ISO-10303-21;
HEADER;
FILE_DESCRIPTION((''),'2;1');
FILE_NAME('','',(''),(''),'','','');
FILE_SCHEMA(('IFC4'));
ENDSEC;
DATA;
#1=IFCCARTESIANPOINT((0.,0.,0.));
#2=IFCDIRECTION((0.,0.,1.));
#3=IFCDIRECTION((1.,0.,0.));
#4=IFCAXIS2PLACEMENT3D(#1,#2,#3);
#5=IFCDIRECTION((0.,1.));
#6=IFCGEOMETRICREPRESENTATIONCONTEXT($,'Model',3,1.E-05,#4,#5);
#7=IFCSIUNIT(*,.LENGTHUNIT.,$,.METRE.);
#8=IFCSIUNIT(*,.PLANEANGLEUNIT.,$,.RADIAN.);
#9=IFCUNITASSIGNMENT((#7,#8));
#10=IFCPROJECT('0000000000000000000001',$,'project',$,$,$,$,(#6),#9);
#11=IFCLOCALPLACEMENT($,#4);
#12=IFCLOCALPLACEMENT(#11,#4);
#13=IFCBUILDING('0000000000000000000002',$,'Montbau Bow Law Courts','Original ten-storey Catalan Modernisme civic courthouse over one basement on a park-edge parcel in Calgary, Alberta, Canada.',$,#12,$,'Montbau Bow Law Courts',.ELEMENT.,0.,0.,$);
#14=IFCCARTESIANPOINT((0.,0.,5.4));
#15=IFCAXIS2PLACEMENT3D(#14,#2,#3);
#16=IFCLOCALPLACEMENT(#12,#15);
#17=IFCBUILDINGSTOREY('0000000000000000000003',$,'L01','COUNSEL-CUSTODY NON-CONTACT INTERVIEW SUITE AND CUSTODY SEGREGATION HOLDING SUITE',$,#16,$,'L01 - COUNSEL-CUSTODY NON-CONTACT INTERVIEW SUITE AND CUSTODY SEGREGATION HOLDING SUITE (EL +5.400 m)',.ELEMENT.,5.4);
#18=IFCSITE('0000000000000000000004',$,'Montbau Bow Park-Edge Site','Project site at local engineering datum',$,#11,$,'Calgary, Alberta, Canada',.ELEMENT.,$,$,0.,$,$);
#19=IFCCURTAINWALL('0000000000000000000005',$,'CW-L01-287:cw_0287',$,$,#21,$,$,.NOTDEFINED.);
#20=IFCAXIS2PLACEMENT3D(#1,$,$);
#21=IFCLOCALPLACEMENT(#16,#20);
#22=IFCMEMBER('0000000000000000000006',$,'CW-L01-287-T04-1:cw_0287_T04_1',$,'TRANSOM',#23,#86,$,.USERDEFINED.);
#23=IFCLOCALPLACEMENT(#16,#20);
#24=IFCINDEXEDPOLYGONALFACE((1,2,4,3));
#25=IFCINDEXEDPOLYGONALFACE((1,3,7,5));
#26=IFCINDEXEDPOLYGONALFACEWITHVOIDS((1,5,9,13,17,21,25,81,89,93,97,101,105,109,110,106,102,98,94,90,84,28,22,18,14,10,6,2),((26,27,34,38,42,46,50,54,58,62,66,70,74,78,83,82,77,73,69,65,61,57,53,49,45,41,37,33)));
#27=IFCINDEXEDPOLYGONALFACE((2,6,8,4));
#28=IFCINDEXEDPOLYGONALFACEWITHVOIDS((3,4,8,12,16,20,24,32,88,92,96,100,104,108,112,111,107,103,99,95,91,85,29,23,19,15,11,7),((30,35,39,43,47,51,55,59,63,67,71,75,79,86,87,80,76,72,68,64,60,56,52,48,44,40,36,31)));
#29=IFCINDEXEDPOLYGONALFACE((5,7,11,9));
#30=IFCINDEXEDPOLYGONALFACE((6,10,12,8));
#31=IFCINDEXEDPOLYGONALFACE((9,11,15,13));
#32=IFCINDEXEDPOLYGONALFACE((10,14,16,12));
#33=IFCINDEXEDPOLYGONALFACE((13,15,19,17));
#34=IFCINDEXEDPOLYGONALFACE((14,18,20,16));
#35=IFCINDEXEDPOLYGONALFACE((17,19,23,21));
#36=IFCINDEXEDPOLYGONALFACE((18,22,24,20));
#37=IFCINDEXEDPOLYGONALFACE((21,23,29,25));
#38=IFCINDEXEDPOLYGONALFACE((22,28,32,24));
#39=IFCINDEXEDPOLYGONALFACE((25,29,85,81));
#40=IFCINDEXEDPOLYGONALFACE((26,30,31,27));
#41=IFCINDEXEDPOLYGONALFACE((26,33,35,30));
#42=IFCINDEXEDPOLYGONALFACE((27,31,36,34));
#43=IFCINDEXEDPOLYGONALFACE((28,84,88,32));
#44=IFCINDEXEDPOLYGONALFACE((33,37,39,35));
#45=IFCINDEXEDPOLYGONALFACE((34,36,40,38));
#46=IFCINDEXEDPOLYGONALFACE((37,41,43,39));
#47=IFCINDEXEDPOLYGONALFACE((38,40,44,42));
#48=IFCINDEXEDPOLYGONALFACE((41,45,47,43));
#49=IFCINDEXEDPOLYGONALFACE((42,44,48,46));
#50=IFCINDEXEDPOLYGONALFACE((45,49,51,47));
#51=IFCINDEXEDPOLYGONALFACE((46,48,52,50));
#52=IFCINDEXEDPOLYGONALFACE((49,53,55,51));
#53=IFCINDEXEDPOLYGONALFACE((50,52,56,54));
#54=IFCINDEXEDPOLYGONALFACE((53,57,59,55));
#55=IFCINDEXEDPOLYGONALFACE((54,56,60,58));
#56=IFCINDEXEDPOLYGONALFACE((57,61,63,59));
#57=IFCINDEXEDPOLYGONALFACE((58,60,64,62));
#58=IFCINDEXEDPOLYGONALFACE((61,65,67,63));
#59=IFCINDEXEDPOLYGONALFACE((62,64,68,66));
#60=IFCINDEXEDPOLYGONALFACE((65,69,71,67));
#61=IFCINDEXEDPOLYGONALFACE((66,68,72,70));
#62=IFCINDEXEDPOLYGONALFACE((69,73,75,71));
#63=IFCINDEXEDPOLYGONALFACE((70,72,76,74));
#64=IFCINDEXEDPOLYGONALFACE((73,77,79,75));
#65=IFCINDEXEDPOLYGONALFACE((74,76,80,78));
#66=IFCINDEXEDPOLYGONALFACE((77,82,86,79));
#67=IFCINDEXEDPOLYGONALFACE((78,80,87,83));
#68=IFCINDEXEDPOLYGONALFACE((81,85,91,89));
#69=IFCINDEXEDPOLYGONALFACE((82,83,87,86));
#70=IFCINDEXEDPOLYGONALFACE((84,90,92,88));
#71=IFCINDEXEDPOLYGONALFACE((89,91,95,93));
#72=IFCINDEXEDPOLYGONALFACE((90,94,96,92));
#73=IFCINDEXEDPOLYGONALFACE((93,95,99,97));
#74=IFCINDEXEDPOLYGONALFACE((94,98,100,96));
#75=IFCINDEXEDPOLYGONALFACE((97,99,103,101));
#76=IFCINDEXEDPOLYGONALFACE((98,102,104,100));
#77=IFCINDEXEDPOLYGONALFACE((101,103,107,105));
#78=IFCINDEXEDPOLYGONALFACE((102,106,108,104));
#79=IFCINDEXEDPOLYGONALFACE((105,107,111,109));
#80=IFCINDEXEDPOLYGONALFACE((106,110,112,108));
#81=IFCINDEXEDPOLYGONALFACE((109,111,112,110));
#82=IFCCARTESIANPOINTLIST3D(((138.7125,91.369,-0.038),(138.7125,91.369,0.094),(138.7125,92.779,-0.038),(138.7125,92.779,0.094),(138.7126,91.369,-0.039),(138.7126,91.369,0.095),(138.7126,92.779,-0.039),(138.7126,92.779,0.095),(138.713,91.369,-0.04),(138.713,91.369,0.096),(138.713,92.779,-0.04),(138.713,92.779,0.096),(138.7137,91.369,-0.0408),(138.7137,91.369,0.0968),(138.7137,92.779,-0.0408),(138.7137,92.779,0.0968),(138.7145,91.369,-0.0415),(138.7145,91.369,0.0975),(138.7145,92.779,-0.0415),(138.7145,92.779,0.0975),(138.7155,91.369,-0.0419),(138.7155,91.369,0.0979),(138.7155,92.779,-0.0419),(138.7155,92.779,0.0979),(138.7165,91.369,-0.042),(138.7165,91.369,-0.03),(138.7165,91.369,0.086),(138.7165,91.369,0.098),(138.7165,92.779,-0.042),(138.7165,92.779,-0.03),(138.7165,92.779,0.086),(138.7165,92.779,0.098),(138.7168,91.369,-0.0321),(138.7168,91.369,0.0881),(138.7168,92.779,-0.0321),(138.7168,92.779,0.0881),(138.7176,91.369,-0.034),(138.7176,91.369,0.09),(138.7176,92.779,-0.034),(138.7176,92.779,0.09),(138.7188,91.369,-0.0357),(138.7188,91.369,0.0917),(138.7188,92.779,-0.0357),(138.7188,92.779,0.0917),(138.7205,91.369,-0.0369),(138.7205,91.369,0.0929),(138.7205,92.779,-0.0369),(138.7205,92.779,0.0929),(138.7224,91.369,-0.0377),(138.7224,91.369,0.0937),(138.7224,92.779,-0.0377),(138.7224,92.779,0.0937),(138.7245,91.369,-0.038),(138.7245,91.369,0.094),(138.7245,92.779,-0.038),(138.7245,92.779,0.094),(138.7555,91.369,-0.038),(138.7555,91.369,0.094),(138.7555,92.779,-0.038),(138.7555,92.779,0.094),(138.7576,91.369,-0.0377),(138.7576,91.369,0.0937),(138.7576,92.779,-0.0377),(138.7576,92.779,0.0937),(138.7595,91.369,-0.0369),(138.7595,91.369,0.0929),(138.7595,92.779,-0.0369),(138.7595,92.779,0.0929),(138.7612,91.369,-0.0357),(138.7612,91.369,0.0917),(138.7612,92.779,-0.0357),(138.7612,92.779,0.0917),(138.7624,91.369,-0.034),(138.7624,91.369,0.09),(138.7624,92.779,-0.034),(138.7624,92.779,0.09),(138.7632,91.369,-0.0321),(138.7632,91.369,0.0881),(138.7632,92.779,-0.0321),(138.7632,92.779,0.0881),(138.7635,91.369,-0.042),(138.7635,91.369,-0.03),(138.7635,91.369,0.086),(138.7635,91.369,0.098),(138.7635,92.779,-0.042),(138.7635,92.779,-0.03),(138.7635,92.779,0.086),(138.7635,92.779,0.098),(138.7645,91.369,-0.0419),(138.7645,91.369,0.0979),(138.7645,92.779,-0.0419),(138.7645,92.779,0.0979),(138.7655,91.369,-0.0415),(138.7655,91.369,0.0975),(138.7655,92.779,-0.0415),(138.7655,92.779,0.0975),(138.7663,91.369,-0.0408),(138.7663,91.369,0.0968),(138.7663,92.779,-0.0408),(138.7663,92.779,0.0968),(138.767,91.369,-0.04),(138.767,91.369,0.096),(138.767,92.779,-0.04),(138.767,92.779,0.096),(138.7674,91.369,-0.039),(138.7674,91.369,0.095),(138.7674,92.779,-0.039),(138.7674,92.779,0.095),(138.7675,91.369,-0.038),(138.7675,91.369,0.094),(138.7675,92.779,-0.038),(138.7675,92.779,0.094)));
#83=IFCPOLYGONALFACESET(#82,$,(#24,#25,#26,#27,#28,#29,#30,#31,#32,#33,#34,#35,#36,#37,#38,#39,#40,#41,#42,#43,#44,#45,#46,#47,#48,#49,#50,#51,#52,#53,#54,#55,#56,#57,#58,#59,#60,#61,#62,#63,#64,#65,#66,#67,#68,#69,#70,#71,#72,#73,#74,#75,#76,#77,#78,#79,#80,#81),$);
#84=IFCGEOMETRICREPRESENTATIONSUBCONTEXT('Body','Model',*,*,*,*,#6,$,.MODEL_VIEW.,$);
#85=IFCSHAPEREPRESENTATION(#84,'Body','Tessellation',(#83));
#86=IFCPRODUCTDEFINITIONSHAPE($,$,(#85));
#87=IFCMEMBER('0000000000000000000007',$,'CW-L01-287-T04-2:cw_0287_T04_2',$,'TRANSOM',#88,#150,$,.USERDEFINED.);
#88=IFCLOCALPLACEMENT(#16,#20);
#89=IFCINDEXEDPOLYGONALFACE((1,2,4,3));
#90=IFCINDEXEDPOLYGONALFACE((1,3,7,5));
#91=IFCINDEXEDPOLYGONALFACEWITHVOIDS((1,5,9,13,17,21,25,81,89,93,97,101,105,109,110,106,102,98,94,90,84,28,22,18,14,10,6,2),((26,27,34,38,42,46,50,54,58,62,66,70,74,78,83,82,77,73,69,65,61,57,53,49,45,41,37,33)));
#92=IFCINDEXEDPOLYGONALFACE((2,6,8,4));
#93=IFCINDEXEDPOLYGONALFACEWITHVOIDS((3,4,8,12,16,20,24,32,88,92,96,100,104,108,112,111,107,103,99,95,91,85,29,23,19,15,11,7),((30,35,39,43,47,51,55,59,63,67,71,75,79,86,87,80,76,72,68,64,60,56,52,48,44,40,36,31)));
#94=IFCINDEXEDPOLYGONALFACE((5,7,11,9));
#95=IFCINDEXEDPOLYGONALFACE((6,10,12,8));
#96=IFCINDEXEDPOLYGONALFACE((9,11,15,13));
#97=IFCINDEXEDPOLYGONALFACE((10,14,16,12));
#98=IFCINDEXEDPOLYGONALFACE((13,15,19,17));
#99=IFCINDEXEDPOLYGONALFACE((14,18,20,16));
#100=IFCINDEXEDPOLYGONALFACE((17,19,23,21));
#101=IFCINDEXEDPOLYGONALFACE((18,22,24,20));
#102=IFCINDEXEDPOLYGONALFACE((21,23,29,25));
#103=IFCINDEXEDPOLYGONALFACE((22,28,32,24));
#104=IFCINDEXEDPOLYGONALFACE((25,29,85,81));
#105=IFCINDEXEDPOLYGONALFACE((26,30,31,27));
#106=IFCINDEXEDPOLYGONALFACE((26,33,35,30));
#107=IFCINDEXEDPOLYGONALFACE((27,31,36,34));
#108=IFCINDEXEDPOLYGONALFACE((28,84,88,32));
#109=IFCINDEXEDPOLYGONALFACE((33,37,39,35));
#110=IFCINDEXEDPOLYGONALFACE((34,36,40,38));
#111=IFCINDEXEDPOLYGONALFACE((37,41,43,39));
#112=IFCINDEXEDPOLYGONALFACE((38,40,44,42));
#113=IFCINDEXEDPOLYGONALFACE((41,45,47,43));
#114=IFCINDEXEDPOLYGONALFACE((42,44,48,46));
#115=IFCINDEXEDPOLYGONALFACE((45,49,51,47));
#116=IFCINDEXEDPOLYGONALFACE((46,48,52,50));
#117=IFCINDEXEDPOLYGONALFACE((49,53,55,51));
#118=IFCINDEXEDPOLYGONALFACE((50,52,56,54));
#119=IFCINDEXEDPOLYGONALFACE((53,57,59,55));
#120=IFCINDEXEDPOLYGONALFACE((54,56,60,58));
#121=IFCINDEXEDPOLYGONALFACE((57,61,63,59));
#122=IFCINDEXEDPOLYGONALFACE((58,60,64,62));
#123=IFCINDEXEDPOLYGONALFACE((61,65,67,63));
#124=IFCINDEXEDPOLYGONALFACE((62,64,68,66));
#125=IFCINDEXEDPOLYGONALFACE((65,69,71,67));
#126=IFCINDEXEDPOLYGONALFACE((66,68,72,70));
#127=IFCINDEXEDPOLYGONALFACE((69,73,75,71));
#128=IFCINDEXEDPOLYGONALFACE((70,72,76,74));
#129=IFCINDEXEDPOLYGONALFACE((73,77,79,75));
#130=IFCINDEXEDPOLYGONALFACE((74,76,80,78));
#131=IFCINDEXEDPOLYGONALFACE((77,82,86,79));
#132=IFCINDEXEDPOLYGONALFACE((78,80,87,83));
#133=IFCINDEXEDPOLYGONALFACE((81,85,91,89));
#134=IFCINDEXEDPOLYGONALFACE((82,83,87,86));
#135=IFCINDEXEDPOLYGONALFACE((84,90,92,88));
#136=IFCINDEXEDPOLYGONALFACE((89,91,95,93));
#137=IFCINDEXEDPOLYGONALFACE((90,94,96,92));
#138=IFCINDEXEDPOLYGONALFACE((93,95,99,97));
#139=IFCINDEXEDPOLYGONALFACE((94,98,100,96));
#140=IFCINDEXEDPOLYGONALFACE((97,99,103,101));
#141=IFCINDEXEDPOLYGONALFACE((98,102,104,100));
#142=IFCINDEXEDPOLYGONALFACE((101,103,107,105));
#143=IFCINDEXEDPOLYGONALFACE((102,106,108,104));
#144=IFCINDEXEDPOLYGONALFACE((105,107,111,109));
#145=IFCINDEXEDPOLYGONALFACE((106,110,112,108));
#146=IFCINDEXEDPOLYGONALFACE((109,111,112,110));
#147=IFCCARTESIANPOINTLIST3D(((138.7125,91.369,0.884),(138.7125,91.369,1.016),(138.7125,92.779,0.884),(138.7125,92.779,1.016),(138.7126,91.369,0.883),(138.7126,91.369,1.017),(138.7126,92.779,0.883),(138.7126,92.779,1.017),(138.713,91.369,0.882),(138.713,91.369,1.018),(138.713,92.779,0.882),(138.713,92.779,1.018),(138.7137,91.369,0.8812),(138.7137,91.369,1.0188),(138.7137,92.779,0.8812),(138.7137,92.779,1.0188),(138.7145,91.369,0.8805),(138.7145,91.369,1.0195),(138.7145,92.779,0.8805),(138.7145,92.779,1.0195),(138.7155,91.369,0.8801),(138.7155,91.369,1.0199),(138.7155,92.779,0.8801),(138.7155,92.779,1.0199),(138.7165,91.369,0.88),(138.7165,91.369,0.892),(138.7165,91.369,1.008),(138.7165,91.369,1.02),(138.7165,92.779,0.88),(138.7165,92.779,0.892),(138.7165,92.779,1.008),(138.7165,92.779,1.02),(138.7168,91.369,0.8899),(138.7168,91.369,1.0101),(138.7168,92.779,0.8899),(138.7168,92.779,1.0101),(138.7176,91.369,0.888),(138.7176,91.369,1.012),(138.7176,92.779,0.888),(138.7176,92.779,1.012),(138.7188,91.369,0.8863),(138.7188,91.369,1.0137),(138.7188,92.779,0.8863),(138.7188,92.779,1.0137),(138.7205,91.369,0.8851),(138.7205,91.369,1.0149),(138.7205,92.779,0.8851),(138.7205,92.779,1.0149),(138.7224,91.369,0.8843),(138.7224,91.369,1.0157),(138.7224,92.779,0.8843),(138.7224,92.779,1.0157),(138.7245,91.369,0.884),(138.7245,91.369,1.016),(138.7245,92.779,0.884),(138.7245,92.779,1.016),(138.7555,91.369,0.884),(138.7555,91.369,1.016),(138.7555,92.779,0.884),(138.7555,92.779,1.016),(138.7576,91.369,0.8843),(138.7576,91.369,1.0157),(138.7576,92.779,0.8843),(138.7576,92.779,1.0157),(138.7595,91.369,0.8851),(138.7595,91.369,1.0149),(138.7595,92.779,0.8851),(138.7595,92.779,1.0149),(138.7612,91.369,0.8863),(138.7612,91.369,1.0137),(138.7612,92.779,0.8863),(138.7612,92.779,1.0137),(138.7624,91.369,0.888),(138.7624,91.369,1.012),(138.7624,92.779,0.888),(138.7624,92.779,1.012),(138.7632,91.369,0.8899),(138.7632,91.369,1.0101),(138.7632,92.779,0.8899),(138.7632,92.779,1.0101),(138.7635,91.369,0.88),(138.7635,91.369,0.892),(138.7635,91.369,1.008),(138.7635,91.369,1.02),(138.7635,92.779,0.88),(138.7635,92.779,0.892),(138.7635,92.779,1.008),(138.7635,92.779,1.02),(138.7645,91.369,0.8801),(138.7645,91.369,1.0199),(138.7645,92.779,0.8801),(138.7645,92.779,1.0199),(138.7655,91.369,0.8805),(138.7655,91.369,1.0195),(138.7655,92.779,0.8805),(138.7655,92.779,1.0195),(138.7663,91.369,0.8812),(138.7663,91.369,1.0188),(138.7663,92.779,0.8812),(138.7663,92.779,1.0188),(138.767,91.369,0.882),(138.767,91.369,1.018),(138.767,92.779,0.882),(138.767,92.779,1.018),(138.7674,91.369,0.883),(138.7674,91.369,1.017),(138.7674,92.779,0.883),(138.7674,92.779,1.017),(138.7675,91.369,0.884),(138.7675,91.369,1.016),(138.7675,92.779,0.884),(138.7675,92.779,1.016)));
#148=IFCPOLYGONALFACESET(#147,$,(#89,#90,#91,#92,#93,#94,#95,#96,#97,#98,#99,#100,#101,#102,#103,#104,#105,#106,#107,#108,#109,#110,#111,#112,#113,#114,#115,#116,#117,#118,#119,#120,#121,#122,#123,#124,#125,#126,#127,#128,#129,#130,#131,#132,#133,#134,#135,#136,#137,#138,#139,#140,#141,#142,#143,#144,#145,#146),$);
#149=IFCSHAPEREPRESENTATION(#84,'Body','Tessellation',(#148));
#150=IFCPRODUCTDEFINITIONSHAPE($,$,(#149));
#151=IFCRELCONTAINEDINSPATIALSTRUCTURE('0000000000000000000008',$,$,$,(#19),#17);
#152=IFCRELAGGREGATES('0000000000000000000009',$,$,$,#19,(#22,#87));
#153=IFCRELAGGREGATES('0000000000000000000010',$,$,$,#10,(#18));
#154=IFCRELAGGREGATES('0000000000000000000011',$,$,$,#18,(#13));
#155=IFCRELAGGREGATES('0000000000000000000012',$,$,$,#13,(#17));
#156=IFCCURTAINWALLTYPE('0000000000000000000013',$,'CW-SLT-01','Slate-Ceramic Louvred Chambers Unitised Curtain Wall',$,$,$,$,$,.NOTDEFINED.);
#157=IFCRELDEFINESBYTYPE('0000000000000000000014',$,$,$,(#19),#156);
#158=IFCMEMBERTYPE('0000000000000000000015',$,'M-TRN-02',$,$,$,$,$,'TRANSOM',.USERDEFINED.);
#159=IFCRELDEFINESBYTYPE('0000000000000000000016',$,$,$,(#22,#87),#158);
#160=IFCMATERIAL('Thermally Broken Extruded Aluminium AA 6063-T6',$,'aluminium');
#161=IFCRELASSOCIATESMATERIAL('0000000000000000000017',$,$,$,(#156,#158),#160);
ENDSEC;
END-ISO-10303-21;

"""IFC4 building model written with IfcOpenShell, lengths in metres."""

from ifc_helpers import new_model, si_unit, direction, frame, origin_with_axes, origin_2d_with_axis, place, context, subcontext, project, spatial, hollow_rectangle, extrude, material, material_profile, profile_set, type_object, element, aggregate, save


model = new_model("IFC4")

# Units and contexts
model_context = context("Model", 3, precision=1e-05, world=origin_with_axes(), true_north=direction((0.0, 1.0)))
body_context = subcontext(model_context, "Body", "Model", "MODEL_VIEW")
ifc_project = project(units=[si_unit("LENGTHUNIT", "METRE"), si_unit("PLANEANGLEUNIT", "RADIAN")], contexts=[model_context])

# Site, building, storey
site_placement = place(None, origin_with_axes())
site = spatial("IfcSite", under=ifc_project, at=site_placement, Name="Montbau Bow Park-Edge Site", Description="Project site at local engineering datum", LongName="Calgary, Alberta, Canada", CompositionType="ELEMENT", RefElevation=0.0)
building_placement = place(site_placement, origin_with_axes())
building = spatial("IfcBuilding", under=site, at=building_placement, Name="Montbau Bow Law Courts", Description="Original ten-storey Catalan Modernisme civic courthouse over one basement on a park-edge parcel in Calgary, Alberta, Canada.", LongName="Montbau Bow Law Courts", CompositionType="ELEMENT", ElevationOfRefHeight=0.0, ElevationOfTerrain=0.0)
storey_placement = place(building_placement, frame((0.0, 0.0, 5.4), z_axis=(0.0, 0.0, 1.0), x_axis=(1.0, 0.0, 0.0)))
storey = spatial("IfcBuildingStorey", under=building, at=storey_placement, Name="L01", Description="COUNSEL-CUSTODY NON-CONTACT INTERVIEW SUITE AND CUSTODY SEGREGATION HOLDING SUITE", LongName="L01 - COUNSEL-CUSTODY NON-CONTACT INTERVIEW SUITE AND CUSTODY SEGREGATION HOLDING SUITE (EL +5.400 m)", CompositionType="ELEMENT", Elevation=5.4)

# Curtain wall
ifc_material_1 = material(Name="Thermally Broken Extruded Aluminium AA 6063-T6", Category="aluminium")
curtain_wall_type = type_object("IfcCurtainWallType", Name="CW-SLT-01", Description="Slate-Ceramic Louvred Chambers Unitised Curtain Wall", PredefinedType="NOTDEFINED", material=ifc_material_1)
curtain_wall_1_placement = place(None, frame((138.74, 86.915, 5.4), z_axis=(0.0, 0.0, 1.0), x_axis=(1.0, 0.0, 0.0)))
curtain_wall_1 = element("IfcCurtainWall", 1, at=curtain_wall_1_placement, inside=storey, type_object=curtain_wall_type, Name="CW-L01-287:cw_0287", PredefinedType="NOTDEFINED")

# Members
ifc_material_profile_1 = material_profile(ifc_material_1, hollow_rectangle(XDim=0.055, YDim=0.14, WallThickness=0.004, InnerFilletRadius=0.008, OuterFilletRadius=0.004, at=origin_2d_with_axis()), Name="CWT-140X55", Category="Main", Priority=0)
ifc_profile_set_1 = profile_set([ifc_material_profile_1], Name="Thermally Broken Extruded Aluminium AA 6063-T6")
member_type_1 = type_object("IfcMemberType", Name="M-TRN-02", ElementType="TRANSOM", PredefinedType="USERDEFINED", material=ifc_profile_set_1)
member_1_placement = place(None, frame((138.74, 91.369, 5.428), z_axis=(0.0, 1.0, 0.0), x_axis=(-1.0, 0.0, 0.0)))
member_1 = element("IfcMember", 2, at=member_1_placement, type_object=member_type_1, Name="CW-L01-287-T04-1:cw_0287_T04_1", ObjectType="TRANSOM", PredefinedType="USERDEFINED", context=body_context, shape_type="SweptSolid", body=[
    extrude(hollow_rectangle(XDim=0.055, YDim=0.14, WallThickness=0.004, InnerFilletRadius=0.008, OuterFilletRadius=0.004, at=origin_2d_with_axis()), origin_with_axes(), (0.0, 0.0, 1.0), 1.41),
])
member_2_placement = place(None, frame((138.74, 91.369, 6.35), z_axis=(0.0, 1.0, 0.0), x_axis=(-1.0, 0.0, 0.0)))
member_2 = element("IfcMember", 3, at=member_2_placement, type_object=member_type_1, Name="CW-L01-287-T04-2:cw_0287_T04_2", ObjectType="TRANSOM", PredefinedType="USERDEFINED", context=body_context, shape_type="SweptSolid", body=[
    extrude(hollow_rectangle(XDim=0.055, YDim=0.14, WallThickness=0.004, InnerFilletRadius=0.008, OuterFilletRadius=0.004, at=origin_2d_with_axis()), origin_with_axes(), (0.0, 0.0, 1.0), 1.41),
])

aggregate(curtain_wall_1, [member_1, member_2])

save(model, "model.ifc")
